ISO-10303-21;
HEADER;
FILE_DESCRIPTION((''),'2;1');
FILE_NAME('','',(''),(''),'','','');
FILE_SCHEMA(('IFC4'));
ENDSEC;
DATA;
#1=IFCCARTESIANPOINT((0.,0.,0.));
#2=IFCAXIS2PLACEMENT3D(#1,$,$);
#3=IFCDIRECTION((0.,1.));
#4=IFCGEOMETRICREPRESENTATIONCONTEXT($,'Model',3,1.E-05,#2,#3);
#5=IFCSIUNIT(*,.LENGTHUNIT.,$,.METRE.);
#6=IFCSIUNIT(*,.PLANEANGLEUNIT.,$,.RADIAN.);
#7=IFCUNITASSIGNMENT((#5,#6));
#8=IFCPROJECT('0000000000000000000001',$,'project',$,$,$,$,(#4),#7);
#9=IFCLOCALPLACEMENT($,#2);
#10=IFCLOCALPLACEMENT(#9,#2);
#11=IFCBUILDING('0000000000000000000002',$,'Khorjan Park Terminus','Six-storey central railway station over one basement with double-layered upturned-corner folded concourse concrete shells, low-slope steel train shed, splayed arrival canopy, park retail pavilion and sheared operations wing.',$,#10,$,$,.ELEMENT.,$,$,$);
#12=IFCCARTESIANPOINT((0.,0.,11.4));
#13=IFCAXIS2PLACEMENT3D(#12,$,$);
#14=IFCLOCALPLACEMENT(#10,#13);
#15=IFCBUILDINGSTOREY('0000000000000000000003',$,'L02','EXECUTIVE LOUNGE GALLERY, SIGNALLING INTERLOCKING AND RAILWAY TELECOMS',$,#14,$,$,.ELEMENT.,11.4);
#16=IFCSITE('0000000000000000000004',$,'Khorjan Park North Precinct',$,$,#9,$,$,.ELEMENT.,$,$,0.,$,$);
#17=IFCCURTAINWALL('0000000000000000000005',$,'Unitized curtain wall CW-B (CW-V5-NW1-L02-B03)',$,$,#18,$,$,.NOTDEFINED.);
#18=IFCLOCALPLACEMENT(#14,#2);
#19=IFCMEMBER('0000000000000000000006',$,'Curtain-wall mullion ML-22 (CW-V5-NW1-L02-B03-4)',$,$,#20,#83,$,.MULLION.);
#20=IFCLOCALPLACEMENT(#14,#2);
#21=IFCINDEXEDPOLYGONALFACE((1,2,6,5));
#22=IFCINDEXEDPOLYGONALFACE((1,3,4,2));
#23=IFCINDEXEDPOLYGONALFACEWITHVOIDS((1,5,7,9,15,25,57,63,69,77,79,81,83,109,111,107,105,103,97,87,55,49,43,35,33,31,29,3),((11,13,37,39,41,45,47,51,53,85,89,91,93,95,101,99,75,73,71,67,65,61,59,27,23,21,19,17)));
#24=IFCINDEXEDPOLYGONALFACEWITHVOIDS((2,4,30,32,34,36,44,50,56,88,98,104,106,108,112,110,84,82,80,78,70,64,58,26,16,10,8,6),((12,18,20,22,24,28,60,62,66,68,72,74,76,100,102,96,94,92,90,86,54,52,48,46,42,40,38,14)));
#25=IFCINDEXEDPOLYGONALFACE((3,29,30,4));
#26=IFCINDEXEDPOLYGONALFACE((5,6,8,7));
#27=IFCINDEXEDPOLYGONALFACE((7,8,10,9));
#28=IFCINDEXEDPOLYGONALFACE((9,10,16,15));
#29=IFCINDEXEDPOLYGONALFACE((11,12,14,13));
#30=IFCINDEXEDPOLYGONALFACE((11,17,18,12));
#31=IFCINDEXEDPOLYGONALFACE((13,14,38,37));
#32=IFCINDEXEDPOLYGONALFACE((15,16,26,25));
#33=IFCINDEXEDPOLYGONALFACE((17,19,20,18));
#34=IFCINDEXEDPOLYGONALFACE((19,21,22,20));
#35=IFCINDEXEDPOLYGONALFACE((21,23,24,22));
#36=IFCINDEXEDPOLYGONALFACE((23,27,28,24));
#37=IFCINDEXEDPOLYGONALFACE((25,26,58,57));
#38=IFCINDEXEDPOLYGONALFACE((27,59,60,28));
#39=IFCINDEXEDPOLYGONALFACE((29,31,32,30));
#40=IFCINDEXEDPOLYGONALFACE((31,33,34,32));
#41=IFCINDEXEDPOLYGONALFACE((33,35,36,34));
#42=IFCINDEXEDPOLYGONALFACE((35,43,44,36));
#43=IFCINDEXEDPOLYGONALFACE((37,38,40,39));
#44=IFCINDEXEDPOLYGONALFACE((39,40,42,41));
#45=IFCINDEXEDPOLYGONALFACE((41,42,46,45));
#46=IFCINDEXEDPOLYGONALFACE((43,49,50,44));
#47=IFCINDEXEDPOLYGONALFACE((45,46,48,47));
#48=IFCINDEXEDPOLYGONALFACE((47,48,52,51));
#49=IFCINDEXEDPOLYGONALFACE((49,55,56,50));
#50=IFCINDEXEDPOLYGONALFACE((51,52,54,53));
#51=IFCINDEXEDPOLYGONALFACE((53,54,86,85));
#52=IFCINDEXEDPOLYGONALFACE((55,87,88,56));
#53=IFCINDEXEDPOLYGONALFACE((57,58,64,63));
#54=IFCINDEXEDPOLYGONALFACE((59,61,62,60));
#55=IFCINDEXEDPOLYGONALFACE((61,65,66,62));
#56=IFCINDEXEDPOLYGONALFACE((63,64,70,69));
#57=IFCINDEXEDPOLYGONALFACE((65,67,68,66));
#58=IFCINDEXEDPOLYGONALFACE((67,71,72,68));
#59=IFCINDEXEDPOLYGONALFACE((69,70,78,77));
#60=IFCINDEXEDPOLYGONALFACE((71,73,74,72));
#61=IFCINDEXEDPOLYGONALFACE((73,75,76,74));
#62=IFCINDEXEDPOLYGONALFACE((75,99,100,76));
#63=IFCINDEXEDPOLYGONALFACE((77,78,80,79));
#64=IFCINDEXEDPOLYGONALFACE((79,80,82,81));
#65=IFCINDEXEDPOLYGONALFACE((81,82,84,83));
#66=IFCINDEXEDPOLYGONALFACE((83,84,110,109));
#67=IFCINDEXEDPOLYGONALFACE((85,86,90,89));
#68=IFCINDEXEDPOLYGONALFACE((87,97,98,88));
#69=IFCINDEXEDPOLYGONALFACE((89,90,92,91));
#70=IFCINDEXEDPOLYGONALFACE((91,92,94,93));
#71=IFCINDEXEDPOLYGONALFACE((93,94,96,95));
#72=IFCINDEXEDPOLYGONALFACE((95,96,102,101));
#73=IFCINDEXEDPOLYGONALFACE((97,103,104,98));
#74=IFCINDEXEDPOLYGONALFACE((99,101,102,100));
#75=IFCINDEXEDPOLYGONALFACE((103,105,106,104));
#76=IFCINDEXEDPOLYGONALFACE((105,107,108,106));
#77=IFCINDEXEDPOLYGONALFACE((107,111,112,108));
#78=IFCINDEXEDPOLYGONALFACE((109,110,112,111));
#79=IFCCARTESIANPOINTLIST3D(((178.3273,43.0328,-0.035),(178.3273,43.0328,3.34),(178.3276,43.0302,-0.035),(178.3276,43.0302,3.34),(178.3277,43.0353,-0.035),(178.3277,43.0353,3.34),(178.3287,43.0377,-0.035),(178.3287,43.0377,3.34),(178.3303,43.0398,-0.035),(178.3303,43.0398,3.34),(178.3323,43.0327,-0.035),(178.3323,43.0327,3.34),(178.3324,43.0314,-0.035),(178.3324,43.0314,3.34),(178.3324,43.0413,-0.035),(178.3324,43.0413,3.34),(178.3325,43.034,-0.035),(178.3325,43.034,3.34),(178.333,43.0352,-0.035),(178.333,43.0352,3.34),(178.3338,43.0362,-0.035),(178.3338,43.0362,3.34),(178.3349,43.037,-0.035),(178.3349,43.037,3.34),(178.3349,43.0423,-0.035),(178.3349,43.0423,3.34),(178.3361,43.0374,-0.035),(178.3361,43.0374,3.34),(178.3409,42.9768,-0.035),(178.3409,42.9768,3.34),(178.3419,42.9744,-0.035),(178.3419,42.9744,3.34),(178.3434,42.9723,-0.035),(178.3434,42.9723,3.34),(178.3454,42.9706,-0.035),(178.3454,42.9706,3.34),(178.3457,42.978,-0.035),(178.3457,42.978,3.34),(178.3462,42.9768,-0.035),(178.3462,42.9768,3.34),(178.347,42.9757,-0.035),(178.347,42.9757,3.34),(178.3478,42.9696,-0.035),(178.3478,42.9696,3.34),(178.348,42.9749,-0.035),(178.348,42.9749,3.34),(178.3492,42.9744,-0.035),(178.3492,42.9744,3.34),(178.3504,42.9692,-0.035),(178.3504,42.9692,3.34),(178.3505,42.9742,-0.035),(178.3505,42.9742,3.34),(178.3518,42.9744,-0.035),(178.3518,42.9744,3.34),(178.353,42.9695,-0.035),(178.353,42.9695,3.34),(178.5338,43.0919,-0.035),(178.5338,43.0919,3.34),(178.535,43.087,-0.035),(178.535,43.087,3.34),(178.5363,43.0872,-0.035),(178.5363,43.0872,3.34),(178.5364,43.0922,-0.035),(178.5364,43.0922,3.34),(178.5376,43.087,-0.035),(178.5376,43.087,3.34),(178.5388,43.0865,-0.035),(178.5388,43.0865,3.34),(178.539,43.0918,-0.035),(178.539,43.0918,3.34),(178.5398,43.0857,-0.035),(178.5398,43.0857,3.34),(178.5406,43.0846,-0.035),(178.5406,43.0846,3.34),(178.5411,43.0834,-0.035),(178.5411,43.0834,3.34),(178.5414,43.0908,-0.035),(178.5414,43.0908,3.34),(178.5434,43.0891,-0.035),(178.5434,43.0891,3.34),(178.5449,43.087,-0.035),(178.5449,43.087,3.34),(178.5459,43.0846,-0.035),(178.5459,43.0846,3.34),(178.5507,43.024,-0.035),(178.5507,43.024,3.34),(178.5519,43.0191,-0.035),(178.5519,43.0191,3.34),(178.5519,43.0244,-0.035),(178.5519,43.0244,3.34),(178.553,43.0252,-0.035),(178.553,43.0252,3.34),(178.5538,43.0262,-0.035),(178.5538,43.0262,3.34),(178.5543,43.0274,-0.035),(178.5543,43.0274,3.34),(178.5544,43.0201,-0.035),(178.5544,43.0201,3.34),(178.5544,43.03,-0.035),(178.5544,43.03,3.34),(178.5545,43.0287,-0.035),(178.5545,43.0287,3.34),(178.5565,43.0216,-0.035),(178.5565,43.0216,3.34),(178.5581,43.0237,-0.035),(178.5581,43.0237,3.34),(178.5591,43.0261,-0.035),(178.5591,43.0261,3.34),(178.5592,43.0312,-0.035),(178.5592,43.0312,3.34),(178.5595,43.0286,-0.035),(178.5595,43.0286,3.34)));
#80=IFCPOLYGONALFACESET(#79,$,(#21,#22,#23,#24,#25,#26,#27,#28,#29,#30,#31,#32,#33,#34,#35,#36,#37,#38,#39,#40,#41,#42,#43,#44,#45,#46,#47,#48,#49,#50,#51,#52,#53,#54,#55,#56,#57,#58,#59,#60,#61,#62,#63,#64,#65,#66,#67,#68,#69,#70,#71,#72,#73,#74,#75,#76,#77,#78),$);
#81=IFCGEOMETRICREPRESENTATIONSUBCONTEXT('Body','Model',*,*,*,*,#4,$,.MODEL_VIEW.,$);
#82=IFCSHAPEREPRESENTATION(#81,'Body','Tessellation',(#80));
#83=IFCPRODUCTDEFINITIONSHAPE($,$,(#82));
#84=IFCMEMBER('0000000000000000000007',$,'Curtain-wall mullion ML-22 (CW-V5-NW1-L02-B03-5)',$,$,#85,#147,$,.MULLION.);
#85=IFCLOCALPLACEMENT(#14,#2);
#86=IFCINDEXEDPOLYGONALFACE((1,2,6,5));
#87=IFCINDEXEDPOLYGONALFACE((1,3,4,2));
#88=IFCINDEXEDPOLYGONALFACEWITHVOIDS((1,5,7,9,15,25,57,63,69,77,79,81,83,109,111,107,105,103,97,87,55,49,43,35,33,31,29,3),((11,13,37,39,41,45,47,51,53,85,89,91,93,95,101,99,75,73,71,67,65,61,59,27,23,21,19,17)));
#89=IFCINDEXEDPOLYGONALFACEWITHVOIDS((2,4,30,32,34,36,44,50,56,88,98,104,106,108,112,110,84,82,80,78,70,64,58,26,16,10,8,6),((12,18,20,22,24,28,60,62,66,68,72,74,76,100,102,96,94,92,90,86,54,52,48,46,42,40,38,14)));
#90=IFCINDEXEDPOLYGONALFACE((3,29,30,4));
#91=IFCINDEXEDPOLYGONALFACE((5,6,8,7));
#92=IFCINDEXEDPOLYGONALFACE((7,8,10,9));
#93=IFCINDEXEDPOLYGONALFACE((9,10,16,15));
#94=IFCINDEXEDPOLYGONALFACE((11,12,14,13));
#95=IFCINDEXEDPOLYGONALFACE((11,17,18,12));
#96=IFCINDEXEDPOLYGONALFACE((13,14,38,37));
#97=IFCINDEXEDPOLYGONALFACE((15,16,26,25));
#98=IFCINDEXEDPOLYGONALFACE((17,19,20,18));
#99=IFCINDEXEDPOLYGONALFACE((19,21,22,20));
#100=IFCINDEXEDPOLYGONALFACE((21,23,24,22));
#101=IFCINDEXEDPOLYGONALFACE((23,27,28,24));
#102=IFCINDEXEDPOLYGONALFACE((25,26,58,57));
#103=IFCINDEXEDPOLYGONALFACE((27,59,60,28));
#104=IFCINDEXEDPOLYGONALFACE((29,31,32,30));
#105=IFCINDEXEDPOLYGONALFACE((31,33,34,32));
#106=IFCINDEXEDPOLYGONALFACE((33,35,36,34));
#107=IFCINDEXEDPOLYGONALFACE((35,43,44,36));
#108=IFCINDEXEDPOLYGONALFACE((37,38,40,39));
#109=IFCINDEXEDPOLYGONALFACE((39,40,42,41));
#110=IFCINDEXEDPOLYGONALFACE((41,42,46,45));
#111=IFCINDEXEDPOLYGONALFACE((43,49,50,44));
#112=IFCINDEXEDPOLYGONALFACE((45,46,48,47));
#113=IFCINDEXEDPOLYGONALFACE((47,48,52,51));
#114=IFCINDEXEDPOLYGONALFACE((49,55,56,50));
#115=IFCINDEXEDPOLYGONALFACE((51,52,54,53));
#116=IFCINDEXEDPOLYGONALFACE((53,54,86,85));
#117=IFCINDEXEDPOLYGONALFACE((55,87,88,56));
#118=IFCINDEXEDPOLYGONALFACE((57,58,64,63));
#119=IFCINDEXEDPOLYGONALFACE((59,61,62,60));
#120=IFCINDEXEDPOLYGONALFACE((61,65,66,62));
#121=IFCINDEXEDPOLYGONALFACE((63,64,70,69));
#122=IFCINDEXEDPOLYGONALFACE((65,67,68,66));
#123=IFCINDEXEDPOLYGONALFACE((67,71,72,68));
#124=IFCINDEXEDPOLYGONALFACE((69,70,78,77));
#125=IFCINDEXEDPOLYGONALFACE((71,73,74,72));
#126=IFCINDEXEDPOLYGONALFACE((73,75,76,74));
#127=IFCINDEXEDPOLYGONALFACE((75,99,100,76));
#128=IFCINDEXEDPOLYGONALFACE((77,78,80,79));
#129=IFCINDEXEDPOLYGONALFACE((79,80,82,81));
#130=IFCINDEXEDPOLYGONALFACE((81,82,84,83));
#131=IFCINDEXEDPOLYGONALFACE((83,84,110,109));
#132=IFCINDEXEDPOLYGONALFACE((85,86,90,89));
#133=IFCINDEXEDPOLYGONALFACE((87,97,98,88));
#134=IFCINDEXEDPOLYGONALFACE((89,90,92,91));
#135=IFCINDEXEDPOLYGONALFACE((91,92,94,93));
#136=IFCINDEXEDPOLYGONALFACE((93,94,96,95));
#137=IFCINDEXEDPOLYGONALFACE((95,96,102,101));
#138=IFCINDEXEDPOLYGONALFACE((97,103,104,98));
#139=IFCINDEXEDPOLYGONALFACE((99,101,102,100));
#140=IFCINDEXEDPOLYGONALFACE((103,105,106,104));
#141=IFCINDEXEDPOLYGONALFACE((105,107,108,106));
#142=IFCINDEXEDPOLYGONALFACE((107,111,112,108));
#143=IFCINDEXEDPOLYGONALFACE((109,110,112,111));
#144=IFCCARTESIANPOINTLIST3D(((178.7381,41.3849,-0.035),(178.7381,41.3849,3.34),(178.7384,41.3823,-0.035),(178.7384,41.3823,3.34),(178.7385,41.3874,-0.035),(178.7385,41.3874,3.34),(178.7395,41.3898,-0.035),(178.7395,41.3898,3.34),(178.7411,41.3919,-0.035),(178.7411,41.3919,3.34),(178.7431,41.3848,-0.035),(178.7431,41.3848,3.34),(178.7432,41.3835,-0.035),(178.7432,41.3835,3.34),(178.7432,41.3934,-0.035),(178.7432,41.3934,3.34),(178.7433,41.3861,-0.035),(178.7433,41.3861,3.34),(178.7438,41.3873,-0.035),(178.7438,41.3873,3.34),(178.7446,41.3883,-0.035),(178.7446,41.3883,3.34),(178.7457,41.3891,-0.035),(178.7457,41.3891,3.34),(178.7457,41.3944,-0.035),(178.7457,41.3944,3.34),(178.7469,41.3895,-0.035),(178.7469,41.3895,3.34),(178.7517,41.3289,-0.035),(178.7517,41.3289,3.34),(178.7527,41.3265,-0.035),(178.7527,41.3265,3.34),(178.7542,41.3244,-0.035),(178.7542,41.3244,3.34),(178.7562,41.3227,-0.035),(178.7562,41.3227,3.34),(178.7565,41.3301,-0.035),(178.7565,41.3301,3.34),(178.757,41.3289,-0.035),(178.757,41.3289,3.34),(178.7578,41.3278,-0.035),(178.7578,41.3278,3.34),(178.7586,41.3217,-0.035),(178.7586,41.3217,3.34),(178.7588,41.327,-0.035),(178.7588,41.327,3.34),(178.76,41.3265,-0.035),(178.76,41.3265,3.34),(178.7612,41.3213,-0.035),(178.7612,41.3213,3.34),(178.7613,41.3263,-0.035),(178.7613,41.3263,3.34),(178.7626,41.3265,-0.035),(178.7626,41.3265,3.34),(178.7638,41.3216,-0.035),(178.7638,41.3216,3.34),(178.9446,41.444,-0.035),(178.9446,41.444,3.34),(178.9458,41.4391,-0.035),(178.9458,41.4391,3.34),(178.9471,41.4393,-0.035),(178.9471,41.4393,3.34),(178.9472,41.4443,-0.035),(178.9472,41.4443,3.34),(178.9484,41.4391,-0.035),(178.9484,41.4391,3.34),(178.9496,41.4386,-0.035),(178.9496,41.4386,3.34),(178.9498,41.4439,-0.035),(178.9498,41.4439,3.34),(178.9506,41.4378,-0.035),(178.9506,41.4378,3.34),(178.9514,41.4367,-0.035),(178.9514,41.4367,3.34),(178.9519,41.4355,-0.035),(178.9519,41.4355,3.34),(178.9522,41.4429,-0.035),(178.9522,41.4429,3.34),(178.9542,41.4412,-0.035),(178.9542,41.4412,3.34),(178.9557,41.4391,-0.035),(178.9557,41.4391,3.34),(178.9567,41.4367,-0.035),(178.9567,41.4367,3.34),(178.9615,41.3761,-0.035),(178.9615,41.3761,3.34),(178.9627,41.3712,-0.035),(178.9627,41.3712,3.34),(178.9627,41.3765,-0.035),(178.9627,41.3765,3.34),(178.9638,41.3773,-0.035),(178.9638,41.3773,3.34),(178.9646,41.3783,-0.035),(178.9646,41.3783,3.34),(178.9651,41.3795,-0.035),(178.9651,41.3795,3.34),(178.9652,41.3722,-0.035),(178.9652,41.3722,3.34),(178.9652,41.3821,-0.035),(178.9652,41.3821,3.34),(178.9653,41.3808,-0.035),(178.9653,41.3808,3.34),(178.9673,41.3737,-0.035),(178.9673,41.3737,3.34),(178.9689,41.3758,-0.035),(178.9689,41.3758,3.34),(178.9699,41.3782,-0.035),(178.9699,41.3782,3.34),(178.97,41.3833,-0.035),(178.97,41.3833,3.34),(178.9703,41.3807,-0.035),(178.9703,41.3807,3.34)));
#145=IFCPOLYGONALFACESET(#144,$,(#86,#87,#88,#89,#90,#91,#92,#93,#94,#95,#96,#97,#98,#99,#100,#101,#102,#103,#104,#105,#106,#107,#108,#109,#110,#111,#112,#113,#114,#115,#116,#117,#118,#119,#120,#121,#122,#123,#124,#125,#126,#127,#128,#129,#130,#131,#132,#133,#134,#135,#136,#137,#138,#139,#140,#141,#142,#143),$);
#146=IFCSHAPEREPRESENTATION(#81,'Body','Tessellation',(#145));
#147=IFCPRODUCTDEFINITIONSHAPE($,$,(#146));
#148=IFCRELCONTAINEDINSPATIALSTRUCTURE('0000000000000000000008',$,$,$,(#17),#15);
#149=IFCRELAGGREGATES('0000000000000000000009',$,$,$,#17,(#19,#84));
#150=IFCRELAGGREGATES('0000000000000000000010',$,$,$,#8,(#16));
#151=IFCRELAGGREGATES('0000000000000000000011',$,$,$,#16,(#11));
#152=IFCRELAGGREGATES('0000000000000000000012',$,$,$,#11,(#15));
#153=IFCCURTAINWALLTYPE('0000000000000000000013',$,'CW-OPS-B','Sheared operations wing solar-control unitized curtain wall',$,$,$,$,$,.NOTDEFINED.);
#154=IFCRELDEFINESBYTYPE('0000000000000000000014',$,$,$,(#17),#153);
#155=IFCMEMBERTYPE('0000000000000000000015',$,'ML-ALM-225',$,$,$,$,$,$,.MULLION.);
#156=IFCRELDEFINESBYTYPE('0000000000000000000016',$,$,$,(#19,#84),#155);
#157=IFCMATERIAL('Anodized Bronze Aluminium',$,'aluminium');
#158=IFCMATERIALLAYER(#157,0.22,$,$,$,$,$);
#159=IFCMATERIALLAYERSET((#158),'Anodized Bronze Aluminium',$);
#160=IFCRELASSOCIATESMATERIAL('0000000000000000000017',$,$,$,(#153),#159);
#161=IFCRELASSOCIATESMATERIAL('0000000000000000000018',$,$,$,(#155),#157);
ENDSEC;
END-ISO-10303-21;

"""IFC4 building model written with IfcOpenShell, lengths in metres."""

from ifc_helpers import new_model, si_unit, direction, frame, origin, origin_2d, place, context, subcontext, project, spatial, hollow_rectangle, extrude, material, layer, layer_set, material_profile, profile_set, type_object, element, aggregate, save


model = new_model("IFC4")

# Units and contexts
model_context = context("Model", 3, precision=1e-05, world=origin(), true_north=direction((0.0, 1.0)))
body_context = subcontext(model_context, "Body", "Model", "MODEL_VIEW")
ifc_project = project(units=[si_unit("LENGTHUNIT", "METRE"), si_unit("PLANEANGLEUNIT", "RADIAN")], contexts=[model_context])

# Site, building, storey
site_placement = place(None, origin())
site = spatial("IfcSite", under=ifc_project, at=site_placement, Name="Khorjan Park North Precinct", CompositionType="ELEMENT", RefElevation=0.0)
building_placement = place(site_placement, origin())
building = spatial("IfcBuilding", under=site, at=building_placement, Name="Khorjan Park Terminus", Description="Six-storey central railway station over one basement with double-layered upturned-corner folded concourse concrete shells, low-slope steel train shed, splayed arrival canopy, park retail pavilion and sheared operations wing.", CompositionType="ELEMENT")
storey_placement = place(building_placement, frame((0.0, 0.0, 11.4)))
storey = spatial("IfcBuildingStorey", under=building, at=storey_placement, Name="L02", Description="EXECUTIVE LOUNGE GALLERY, SIGNALLING INTERLOCKING AND RAILWAY TELECOMS", CompositionType="ELEMENT", Elevation=11.4)

# Curtain wall, members
ifc_material_1 = material(Name="Anodized Bronze Aluminium", Category="aluminium")
ifc_layer_1 = layer(ifc_material_1, 0.22)
ifc_layer_set_1 = layer_set([ifc_layer_1], Name="Anodized Bronze Aluminium")
curtain_wall_type = type_object("IfcCurtainWallType", Name="CW-OPS-B", Description="Sheared operations wing solar-control unitized curtain wall", PredefinedType="NOTDEFINED", material=ifc_layer_set_1)
curtain_wall_1_placement = place(storey_placement, origin())
curtain_wall_1 = element("IfcCurtainWall", 1, at=curtain_wall_1_placement, inside=storey, type_object=curtain_wall_type, Name="Unitized curtain wall CW-B (CW-V5-NW1-L02-B03)", PredefinedType="NOTDEFINED")
ifc_material_profile_1 = material_profile(ifc_material_1, hollow_rectangle(XDim=0.075, YDim=0.225, WallThickness=0.005, InnerFilletRadius=0.005, OuterFilletRadius=0.01, at=origin_2d()), Name="ALM 75x225x5")
ifc_profile_set_1 = profile_set([ifc_material_profile_1], Name="Anodized Bronze Aluminium")
member_type_1 = type_object("IfcMemberType", Name="ML-ALM-225", PredefinedType="MULLION", material=ifc_profile_set_1)
member_1_placement = place(storey_placement, frame((178.4434, 43.0307, -0.035), z_axis=(0.0, 0.0, 1.0), x_axis=(0.241921, -0.970296, 0.0)))
member_1 = element("IfcMember", 2, at=member_1_placement, type_object=member_type_1, Name="Curtain-wall mullion ML-22 (CW-V5-NW1-L02-B03-4)", PredefinedType="MULLION", context=body_context, shape_type="SweptSolid", body=[
    extrude(hollow_rectangle(XDim=0.075, YDim=0.225, WallThickness=0.005, InnerFilletRadius=0.005, OuterFilletRadius=0.01, at=origin_2d()), origin(), (0.0, 0.0, 1.0), 3.375),
])
member_2_placement = place(storey_placement, frame((178.8542, 41.3828, -0.035), z_axis=(0.0, 0.0, 1.0), x_axis=(0.241921, -0.970296, 0.0)))
member_2 = element("IfcMember", 3, at=member_2_placement, type_object=member_type_1, Name="Curtain-wall mullion ML-22 (CW-V5-NW1-L02-B03-5)", PredefinedType="MULLION", context=body_context, shape_type="SweptSolid", body=[
    extrude(hollow_rectangle(XDim=0.075, YDim=0.225, WallThickness=0.005, InnerFilletRadius=0.005, OuterFilletRadius=0.01, at=origin_2d()), origin(), (0.0, 0.0, 1.0), 3.375),
])

aggregate(curtain_wall_1, [member_1, member_2])

save(model, "model.ifc")
